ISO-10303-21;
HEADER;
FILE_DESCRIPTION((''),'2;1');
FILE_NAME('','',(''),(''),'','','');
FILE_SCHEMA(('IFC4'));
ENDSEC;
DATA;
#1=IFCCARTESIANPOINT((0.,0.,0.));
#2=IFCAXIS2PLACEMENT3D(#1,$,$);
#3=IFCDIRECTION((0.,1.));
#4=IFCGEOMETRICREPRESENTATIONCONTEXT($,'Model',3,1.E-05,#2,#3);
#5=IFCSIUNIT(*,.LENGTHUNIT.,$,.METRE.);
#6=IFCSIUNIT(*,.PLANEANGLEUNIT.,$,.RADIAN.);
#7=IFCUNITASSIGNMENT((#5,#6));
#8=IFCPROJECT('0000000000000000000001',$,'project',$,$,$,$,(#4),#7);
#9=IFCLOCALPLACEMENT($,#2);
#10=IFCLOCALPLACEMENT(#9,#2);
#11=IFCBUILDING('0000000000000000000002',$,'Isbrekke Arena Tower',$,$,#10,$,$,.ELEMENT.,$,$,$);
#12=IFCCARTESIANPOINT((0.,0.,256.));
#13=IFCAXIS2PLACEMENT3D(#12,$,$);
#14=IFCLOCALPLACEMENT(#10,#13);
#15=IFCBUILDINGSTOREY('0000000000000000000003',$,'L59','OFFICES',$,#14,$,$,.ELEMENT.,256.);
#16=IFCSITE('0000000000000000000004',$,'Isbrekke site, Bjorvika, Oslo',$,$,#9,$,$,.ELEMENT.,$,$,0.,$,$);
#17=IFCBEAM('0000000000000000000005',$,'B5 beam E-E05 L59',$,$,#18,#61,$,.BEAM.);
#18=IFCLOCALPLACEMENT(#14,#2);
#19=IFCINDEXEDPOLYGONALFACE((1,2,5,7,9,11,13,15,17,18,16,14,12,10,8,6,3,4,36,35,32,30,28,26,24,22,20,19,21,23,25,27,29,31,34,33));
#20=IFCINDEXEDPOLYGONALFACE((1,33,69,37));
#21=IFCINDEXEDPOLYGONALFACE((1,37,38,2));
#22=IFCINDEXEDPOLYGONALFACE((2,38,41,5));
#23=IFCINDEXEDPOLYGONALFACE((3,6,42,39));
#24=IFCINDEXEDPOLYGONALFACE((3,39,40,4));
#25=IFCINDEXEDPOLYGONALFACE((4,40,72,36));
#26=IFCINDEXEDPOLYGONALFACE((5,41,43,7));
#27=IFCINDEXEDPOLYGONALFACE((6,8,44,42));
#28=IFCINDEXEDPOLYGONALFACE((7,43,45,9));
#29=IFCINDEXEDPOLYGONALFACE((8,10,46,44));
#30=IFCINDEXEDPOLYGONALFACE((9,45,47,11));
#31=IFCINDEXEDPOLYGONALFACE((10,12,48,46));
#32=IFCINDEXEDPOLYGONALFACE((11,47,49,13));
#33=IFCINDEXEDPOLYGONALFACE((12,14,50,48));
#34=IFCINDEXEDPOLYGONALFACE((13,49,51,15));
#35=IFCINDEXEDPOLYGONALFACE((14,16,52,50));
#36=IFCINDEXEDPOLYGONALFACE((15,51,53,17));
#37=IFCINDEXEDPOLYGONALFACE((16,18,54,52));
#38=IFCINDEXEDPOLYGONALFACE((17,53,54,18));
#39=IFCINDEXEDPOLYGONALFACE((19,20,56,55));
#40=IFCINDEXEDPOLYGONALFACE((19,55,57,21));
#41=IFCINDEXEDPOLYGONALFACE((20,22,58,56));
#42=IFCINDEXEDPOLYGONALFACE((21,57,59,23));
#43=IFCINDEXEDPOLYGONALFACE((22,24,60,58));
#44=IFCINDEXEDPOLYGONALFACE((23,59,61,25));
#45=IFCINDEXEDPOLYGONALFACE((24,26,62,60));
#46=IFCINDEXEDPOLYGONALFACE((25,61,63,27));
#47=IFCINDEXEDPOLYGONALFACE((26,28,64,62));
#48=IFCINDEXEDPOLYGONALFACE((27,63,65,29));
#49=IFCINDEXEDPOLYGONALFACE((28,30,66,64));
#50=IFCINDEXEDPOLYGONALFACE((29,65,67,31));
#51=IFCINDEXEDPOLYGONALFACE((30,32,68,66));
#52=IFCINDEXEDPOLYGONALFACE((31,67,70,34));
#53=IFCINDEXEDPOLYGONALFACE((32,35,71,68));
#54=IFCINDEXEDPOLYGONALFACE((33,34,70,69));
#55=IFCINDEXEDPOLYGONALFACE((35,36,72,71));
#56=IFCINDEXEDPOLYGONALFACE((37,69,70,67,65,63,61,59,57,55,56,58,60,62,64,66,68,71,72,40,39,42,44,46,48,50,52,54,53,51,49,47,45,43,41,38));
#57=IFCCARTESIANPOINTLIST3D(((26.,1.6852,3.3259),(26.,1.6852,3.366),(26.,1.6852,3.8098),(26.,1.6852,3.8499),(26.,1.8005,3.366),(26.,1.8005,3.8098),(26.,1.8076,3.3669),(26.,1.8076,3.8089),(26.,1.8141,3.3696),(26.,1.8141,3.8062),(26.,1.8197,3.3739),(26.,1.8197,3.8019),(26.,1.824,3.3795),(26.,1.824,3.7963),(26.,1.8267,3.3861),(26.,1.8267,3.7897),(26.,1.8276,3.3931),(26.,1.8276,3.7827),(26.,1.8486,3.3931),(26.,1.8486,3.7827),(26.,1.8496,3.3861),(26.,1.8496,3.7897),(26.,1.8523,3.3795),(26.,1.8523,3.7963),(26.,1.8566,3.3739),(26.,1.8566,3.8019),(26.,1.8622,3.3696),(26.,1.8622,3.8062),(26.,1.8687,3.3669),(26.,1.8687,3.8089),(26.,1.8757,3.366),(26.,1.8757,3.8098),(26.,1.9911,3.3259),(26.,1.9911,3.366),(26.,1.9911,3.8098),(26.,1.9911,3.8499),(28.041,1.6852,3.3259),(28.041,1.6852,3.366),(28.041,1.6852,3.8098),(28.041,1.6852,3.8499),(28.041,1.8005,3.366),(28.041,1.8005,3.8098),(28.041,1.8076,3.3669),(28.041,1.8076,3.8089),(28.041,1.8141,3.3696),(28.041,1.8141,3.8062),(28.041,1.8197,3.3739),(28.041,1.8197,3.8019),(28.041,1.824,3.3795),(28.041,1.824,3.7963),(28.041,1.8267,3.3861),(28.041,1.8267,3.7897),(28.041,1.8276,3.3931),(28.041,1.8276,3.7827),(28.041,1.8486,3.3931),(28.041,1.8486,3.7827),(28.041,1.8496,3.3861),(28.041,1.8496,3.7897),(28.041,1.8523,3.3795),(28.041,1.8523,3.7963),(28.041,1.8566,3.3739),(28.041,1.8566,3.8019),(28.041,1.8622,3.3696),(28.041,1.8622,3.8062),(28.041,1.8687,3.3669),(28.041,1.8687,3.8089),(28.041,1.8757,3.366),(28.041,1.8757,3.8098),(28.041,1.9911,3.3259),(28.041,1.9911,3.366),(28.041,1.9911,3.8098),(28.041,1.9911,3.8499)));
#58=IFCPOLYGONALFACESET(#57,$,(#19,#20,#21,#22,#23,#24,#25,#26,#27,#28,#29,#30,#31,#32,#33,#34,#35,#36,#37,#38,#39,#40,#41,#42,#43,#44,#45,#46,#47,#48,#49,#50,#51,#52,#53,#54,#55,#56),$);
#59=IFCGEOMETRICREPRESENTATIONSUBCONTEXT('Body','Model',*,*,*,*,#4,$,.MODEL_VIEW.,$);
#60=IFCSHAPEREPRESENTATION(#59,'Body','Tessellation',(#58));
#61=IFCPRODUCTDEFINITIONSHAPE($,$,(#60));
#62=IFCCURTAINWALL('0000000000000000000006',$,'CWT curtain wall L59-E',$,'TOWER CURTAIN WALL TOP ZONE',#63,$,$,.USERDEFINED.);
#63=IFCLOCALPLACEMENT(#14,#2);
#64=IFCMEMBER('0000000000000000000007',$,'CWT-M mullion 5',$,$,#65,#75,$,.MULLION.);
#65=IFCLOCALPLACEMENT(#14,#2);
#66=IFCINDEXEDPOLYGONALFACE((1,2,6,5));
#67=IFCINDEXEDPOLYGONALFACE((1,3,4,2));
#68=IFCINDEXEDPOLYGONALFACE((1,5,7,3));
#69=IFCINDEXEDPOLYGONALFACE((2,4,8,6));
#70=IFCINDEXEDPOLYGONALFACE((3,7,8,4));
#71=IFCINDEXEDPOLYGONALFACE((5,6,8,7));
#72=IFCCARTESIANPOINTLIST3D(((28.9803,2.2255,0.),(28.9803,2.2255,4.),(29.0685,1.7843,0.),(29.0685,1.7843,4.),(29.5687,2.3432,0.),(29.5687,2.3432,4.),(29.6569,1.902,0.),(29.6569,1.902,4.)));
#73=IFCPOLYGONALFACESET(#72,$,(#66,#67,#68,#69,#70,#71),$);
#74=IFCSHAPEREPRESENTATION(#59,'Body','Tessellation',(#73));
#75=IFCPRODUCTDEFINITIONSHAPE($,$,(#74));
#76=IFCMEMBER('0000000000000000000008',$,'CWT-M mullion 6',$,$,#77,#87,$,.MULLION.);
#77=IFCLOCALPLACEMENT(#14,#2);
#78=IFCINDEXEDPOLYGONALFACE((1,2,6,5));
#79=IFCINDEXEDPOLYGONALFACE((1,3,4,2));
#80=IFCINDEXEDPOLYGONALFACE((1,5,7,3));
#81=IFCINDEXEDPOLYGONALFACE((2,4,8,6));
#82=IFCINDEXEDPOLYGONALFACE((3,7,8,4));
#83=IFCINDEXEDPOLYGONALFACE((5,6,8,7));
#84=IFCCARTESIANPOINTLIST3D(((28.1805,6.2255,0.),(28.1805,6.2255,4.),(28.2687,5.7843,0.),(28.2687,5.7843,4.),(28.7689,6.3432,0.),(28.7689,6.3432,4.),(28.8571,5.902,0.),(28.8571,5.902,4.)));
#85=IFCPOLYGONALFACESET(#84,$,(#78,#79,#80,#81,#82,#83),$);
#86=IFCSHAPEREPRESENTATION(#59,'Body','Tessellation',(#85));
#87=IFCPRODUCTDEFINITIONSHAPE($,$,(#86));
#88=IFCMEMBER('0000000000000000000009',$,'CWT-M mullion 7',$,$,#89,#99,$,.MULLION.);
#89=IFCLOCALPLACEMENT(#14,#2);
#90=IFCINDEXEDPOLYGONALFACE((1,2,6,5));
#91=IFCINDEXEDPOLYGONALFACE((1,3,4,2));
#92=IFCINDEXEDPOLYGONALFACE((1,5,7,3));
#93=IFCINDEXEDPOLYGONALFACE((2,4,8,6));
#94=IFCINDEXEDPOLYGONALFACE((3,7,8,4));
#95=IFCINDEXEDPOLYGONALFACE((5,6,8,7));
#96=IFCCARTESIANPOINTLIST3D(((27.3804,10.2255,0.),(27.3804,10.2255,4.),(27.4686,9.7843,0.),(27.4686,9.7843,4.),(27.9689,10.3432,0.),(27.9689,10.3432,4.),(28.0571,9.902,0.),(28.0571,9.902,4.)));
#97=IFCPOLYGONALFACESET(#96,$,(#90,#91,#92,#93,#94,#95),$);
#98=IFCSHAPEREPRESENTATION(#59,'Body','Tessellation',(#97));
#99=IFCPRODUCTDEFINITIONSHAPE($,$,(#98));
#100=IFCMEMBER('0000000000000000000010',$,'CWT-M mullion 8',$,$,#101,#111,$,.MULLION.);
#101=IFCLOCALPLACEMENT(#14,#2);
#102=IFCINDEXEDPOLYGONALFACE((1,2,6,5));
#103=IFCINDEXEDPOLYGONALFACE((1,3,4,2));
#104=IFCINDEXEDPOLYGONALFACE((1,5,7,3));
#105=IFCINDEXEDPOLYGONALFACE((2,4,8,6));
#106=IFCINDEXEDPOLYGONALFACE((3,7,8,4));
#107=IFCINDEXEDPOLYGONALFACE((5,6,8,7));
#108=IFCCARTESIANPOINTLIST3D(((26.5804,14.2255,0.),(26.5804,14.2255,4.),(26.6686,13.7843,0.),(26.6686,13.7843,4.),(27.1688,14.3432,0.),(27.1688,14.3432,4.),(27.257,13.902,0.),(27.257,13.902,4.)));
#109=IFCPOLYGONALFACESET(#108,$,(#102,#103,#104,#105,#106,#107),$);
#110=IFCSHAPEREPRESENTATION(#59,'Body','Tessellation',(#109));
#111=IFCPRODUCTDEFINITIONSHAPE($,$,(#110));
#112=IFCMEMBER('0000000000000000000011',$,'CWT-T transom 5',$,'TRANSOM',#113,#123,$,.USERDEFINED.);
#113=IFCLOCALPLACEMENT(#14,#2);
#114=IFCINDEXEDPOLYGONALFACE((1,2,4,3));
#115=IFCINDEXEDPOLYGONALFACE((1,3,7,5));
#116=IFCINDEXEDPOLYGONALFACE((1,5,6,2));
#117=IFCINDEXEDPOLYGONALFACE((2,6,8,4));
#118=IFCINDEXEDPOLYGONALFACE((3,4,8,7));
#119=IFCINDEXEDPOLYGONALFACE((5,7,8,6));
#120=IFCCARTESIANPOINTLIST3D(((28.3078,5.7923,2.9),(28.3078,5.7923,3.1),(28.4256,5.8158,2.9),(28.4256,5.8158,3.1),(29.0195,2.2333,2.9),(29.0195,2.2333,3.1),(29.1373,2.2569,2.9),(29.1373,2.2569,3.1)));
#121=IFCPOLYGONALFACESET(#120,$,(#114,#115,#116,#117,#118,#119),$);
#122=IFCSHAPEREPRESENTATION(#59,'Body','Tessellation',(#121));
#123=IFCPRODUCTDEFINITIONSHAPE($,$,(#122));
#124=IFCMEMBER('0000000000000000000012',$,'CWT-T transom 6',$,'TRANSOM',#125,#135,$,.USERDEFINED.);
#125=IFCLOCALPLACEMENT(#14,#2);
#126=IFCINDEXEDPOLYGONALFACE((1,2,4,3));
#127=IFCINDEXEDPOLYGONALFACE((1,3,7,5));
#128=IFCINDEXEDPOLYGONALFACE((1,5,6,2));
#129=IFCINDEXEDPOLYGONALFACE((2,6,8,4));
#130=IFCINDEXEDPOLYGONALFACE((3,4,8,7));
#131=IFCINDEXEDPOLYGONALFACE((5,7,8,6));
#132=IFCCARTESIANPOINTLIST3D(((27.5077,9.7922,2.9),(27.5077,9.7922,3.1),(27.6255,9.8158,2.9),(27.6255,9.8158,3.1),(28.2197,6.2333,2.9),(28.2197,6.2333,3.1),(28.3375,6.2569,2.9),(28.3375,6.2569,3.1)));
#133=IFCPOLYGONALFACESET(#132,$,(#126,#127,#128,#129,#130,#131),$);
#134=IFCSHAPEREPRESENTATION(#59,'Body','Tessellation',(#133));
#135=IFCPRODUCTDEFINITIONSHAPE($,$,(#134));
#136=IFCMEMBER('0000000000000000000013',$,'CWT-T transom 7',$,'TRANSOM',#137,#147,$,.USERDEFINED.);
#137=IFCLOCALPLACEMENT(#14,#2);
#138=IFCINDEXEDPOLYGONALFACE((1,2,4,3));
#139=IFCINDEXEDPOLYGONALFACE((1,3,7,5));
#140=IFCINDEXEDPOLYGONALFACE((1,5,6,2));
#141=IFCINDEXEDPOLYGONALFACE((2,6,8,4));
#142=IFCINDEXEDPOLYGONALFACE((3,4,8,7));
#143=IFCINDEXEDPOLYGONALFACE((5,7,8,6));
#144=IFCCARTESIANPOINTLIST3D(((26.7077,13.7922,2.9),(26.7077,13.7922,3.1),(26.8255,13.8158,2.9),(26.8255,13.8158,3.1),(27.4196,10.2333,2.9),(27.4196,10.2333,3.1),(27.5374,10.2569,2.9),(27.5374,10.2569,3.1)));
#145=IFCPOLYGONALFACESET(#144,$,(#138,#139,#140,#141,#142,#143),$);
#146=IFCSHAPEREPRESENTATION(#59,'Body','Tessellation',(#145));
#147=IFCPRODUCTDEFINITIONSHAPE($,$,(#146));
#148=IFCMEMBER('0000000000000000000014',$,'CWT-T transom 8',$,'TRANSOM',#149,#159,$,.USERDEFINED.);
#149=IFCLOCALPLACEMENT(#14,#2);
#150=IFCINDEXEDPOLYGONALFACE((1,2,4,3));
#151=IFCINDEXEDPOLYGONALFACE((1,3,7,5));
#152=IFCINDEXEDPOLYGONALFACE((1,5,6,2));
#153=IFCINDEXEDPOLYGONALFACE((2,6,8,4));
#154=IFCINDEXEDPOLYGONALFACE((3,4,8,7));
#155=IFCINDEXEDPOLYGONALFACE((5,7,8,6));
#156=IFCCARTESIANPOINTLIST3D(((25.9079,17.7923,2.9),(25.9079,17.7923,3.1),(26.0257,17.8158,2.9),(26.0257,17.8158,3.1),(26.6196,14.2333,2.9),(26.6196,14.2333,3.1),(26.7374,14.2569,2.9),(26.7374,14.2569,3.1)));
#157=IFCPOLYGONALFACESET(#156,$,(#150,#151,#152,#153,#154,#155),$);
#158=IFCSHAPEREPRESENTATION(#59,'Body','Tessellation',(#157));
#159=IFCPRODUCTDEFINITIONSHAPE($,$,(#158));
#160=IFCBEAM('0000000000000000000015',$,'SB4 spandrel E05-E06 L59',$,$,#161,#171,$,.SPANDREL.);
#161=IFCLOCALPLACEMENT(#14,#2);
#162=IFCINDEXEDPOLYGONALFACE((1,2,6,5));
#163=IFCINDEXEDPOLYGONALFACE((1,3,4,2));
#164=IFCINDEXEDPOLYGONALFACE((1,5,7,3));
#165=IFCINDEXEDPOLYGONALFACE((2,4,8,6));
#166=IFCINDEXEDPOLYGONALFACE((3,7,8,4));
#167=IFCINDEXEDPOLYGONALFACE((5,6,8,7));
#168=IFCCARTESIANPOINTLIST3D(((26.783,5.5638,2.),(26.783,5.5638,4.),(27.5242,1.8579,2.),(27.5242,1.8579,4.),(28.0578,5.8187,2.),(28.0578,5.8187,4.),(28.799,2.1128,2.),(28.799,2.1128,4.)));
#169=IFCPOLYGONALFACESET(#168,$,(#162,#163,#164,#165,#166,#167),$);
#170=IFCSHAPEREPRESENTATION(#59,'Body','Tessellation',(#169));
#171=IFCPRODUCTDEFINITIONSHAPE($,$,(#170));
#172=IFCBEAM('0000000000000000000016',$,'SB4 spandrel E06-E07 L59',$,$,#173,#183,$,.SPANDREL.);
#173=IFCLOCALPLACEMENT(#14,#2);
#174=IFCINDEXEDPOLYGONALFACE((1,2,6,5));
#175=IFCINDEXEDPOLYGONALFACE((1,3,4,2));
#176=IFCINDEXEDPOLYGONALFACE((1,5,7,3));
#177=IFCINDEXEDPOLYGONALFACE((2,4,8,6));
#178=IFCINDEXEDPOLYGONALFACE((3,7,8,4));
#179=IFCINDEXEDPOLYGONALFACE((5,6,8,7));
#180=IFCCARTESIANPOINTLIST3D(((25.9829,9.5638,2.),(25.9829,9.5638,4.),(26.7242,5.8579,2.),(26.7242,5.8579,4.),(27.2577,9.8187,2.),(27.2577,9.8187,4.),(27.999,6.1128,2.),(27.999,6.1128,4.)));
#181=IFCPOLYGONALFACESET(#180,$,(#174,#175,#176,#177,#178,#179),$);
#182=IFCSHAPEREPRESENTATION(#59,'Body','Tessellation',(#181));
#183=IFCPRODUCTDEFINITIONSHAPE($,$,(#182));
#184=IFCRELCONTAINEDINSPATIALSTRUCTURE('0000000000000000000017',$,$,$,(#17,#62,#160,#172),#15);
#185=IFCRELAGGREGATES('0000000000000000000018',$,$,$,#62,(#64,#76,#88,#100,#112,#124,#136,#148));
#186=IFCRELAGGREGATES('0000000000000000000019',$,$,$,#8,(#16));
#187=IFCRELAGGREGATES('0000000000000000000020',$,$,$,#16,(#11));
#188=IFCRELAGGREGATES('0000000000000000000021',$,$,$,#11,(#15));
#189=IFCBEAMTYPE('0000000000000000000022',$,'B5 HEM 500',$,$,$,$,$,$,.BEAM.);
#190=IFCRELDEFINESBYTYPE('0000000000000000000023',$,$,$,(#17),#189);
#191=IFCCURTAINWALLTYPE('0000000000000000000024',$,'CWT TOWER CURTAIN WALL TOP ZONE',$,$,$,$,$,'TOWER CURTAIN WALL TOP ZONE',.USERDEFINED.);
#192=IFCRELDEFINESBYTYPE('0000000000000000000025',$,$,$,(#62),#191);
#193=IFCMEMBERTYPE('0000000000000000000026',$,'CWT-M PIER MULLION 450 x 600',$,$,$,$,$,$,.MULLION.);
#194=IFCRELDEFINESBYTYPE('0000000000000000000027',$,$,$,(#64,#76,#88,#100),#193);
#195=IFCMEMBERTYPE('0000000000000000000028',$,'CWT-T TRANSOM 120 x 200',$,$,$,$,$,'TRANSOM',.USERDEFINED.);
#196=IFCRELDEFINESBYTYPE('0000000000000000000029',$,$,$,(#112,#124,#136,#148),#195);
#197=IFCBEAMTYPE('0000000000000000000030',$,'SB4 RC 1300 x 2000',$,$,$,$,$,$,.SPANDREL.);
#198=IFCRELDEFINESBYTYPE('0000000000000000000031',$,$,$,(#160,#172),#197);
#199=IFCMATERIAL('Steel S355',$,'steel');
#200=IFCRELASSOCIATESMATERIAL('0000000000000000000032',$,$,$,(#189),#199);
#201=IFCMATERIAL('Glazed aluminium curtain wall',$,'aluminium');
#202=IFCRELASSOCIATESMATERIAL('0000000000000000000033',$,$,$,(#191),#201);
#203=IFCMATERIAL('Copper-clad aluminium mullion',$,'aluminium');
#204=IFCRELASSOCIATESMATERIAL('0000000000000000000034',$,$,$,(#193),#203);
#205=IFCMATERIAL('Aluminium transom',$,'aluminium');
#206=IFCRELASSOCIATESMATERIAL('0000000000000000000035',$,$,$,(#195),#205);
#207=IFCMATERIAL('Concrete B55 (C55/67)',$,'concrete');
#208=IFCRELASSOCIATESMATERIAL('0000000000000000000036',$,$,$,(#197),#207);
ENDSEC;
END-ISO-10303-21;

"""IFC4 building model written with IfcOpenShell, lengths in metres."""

from ifc_helpers import new_model, si_unit, direction, frame, origin, origin_2d, place, context, subcontext, project, spatial, rectangle, i_section, extrude, material, material_profile, profile_set, type_object, element, aggregate, save


model = new_model("IFC4")

# Units and contexts
model_context = context("Model", 3, precision=1e-05, world=origin(), true_north=direction((0.0, 1.0)))
body_context = subcontext(model_context, "Body", "Model", "MODEL_VIEW")
ifc_project = project(units=[si_unit("LENGTHUNIT", "METRE"), si_unit("PLANEANGLEUNIT", "RADIAN")], contexts=[model_context])

# Site, building, storey
site_placement = place(None, origin())
site = spatial("IfcSite", under=ifc_project, at=site_placement, Name="Isbrekke site, Bjorvika, Oslo", CompositionType="ELEMENT", RefElevation=0.0)
building_placement = place(site_placement, origin())
building = spatial("IfcBuilding", under=site, at=building_placement, Name="Isbrekke Arena Tower", CompositionType="ELEMENT")
storey_placement = place(building_placement, frame((0.0, 0.0, 256.0)))
storey = spatial("IfcBuildingStorey", under=building, at=storey_placement, Name="L59", Description="OFFICES", CompositionType="ELEMENT", Elevation=256.0)

# Beam
ifc_material_1 = material(Name="Steel S355", Category="steel")
ifc_material_profile_1 = material_profile(ifc_material_1, i_section(OverallWidth=0.3059, OverallDepth=0.5239, WebThickness=0.021, FlangeThickness=0.04, FilletRadius=0.0271, at=origin_2d()), Name="HEM 500")
ifc_profile_set_1 = profile_set([ifc_material_profile_1], Name="Steel S355")
beam_type_1 = type_object("IfcBeamType", Name="B5 HEM 500", PredefinedType="BEAM", material=ifc_profile_set_1)
beam_1_placement = place(storey_placement, frame((28.041, 1.8381, 3.5879), z_axis=(-1.0, 0.0, 0.0), x_axis=(0.0, -1.0, 0.0)))
element("IfcBeam", 1, at=beam_1_placement, inside=storey, type_object=beam_type_1, Name="B5 beam E-E05 L59", PredefinedType="BEAM", context=body_context, shape_type="SweptSolid", body=[
    extrude(i_section(OverallWidth=0.3059, OverallDepth=0.5239, WebThickness=0.021, FlangeThickness=0.04, FilletRadius=0.0271, at=origin_2d()), origin(), (0.0, 0.0, 1.0), 2.041),
])

# Curtain wall, members
ifc_material_2 = material(Name="Glazed aluminium curtain wall", Category="aluminium")
curtain_wall_type = type_object("IfcCurtainWallType", Name="CWT TOWER CURTAIN WALL TOP ZONE", ElementType="TOWER CURTAIN WALL TOP ZONE", PredefinedType="USERDEFINED", material=ifc_material_2)
curtain_wall_placement = place(storey_placement, origin())
curtain_wall = element("IfcCurtainWall", 2, at=curtain_wall_placement, inside=storey, type_object=curtain_wall_type, Name="CWT curtain wall L59-E", ObjectType="TOWER CURTAIN WALL TOP ZONE", PredefinedType="USERDEFINED")
ifc_material_3 = material(Name="Copper-clad aluminium mullion", Category="aluminium")
ifc_material_profile_2 = material_profile(ifc_material_3, rectangle(XDim=0.45, YDim=0.6001, at=origin_2d()), Name="PIER 450X600")
ifc_profile_set_2 = profile_set([ifc_material_profile_2], Name="Copper-clad aluminium mullion")
member_type_1 = type_object("IfcMemberType", Name="CWT-M PIER MULLION 450 x 600", PredefinedType="MULLION", material=ifc_profile_set_2)
member_1_placement = place(storey_placement, frame((29.3186, 2.0637, 0.0), z_axis=(0.0, 0.0, 1.0), x_axis=(-0.196116, 0.980581, 0.0)))
member_1 = element("IfcMember", 3, at=member_1_placement, type_object=member_type_1, Name="CWT-M mullion 5", PredefinedType="MULLION", context=body_context, shape_type="SweptSolid", body=[
    extrude(rectangle(XDim=0.45, YDim=0.6001, at=origin_2d()), origin(), (0.0, 0.0, 1.0), 4.0),
])
member_2_placement = place(storey_placement, frame((28.5188, 6.0637, 0.0), z_axis=(0.0, 0.0, 1.0), x_axis=(-0.196116, 0.980581, 0.0)))
member_2 = element("IfcMember", 4, at=member_2_placement, type_object=member_type_1, Name="CWT-M mullion 6", PredefinedType="MULLION", context=body_context, shape_type="SweptSolid", body=[
    extrude(rectangle(XDim=0.45, YDim=0.6001, at=origin_2d()), origin(), (0.0, 0.0, 1.0), 4.0),
])
member_3_placement = place(storey_placement, frame((27.7188, 10.0637, 0.0), z_axis=(0.0, 0.0, 1.0), x_axis=(-0.196116, 0.980581, 0.0)))
member_3 = element("IfcMember", 5, at=member_3_placement, type_object=member_type_1, Name="CWT-M mullion 7", PredefinedType="MULLION", context=body_context, shape_type="SweptSolid", body=[
    extrude(rectangle(XDim=0.45, YDim=0.6001, at=origin_2d()), origin(), (0.0, 0.0, 1.0), 4.0),
])
member_4_placement = place(storey_placement, frame((26.9187, 14.0637, 0.0), z_axis=(0.0, 0.0, 1.0), x_axis=(-0.196116, 0.980581, 0.0)))
member_4 = element("IfcMember", 6, at=member_4_placement, type_object=member_type_1, Name="CWT-M mullion 8", PredefinedType="MULLION", context=body_context, shape_type="SweptSolid", body=[
    extrude(rectangle(XDim=0.45, YDim=0.6001, at=origin_2d()), origin(), (0.0, 0.0, 1.0), 4.0),
])
ifc_material_4 = material(Name="Aluminium transom", Category="aluminium")
ifc_material_profile_3 = material_profile(ifc_material_4, rectangle(XDim=0.1201, YDim=0.2, at=origin_2d()), Name="TRANSOM 120X200")
ifc_profile_set_3 = profile_set([ifc_material_profile_3], Name="Aluminium transom")
member_type_2 = type_object("IfcMemberType", Name="CWT-T TRANSOM 120 x 200", ElementType="TRANSOM", PredefinedType="USERDEFINED", material=ifc_profile_set_3)
member_5_placement = place(storey_placement, frame((29.0784, 2.2451, 3.0), z_axis=(-0.19609, 0.980586, 0.0), x_axis=(-0.980586, -0.19609, 0.0)))
member_5 = element("IfcMember", 7, at=member_5_placement, type_object=member_type_2, Name="CWT-T transom 5", ObjectType="TRANSOM", PredefinedType="USERDEFINED", context=body_context, shape_type="SweptSolid", body=[
    extrude(rectangle(XDim=0.1201, YDim=0.2, at=origin_2d()), origin(), (0.0, 0.0, 1.0), 3.6294),
])
member_6_placement = place(storey_placement, frame((28.2786, 6.2451, 3.0), z_axis=(-0.196155, 0.980573, 0.0), x_axis=(-0.980573, -0.196155, 0.0)))
member_6 = element("IfcMember", 8, at=member_6_placement, type_object=member_type_2, Name="CWT-T transom 6", ObjectType="TRANSOM", PredefinedType="USERDEFINED", context=body_context, shape_type="SweptSolid", body=[
    extrude(rectangle(XDim=0.1201, YDim=0.2, at=origin_2d()), origin(), (0.0, 0.0, 1.0), 3.6294),
])
member_7_placement = place(storey_placement, frame((27.4785, 10.2451, 3.0), z_axis=(-0.196155, 0.980573, 0.0), x_axis=(-0.980573, -0.196155, 0.0)))
member_7 = element("IfcMember", 9, at=member_7_placement, type_object=member_type_2, Name="CWT-T transom 7", ObjectType="TRANSOM", PredefinedType="USERDEFINED", context=body_context, shape_type="SweptSolid", body=[
    extrude(rectangle(XDim=0.1201, YDim=0.2, at=origin_2d()), origin(), (0.0, 0.0, 1.0), 3.6294),
])
member_8_placement = place(storey_placement, frame((26.6785, 14.2451, 3.0), z_axis=(-0.19609, 0.980586, 0.0), x_axis=(-0.980586, -0.19609, 0.0)))
member_8 = element("IfcMember", 10, at=member_8_placement, type_object=member_type_2, Name="CWT-T transom 8", ObjectType="TRANSOM", PredefinedType="USERDEFINED", context=body_context, shape_type="SweptSolid", body=[
    extrude(rectangle(XDim=0.1201, YDim=0.2, at=origin_2d()), origin(), (0.0, 0.0, 1.0), 3.6294),
])

# Beams
ifc_material_5 = material(Name="Concrete B55 (C55/67)", Category="concrete")
ifc_material_profile_4 = material_profile(ifc_material_5, rectangle(XDim=1.3, YDim=2.0, at=origin_2d()), Name="RC 1300x2000")
ifc_profile_set_4 = profile_set([ifc_material_profile_4], Name="Concrete B55 (C55/67)")
beam_type_2 = type_object("IfcBeamType", Name="SB4 RC 1300 x 2000", PredefinedType="SPANDREL", material=ifc_profile_set_4)
for number, where, z_axis, x_axis, name in (
    (11, (28.1616, 1.9854, 3.0), (-0.196129, 0.980578, 0.0), (-0.980578, -0.196129, 0.0), "SB4 spandrel E05-E06 L59"),
    (12, (27.3616, 5.9854, 3.0), (-0.196129, 0.980578, 0.0), (-0.980578, -0.196129, 0.0), "SB4 spandrel E06-E07 L59"),
):
    element("IfcBeam", number, at=place(storey_placement, frame(where, z_axis=z_axis, x_axis=x_axis)), inside=storey, type_object=beam_type_2, Name=name, PredefinedType="SPANDREL", context=body_context, shape_type="SweptSolid", body=[
        extrude(rectangle(XDim=1.3, YDim=2.0, at=origin_2d()), origin(), (0.0, 0.0, 1.0), 3.7793),
    ])

aggregate(curtain_wall, [member_1, member_2, member_3, member_4, member_5, member_6, member_7, member_8])

save(model, "model.ifc")
